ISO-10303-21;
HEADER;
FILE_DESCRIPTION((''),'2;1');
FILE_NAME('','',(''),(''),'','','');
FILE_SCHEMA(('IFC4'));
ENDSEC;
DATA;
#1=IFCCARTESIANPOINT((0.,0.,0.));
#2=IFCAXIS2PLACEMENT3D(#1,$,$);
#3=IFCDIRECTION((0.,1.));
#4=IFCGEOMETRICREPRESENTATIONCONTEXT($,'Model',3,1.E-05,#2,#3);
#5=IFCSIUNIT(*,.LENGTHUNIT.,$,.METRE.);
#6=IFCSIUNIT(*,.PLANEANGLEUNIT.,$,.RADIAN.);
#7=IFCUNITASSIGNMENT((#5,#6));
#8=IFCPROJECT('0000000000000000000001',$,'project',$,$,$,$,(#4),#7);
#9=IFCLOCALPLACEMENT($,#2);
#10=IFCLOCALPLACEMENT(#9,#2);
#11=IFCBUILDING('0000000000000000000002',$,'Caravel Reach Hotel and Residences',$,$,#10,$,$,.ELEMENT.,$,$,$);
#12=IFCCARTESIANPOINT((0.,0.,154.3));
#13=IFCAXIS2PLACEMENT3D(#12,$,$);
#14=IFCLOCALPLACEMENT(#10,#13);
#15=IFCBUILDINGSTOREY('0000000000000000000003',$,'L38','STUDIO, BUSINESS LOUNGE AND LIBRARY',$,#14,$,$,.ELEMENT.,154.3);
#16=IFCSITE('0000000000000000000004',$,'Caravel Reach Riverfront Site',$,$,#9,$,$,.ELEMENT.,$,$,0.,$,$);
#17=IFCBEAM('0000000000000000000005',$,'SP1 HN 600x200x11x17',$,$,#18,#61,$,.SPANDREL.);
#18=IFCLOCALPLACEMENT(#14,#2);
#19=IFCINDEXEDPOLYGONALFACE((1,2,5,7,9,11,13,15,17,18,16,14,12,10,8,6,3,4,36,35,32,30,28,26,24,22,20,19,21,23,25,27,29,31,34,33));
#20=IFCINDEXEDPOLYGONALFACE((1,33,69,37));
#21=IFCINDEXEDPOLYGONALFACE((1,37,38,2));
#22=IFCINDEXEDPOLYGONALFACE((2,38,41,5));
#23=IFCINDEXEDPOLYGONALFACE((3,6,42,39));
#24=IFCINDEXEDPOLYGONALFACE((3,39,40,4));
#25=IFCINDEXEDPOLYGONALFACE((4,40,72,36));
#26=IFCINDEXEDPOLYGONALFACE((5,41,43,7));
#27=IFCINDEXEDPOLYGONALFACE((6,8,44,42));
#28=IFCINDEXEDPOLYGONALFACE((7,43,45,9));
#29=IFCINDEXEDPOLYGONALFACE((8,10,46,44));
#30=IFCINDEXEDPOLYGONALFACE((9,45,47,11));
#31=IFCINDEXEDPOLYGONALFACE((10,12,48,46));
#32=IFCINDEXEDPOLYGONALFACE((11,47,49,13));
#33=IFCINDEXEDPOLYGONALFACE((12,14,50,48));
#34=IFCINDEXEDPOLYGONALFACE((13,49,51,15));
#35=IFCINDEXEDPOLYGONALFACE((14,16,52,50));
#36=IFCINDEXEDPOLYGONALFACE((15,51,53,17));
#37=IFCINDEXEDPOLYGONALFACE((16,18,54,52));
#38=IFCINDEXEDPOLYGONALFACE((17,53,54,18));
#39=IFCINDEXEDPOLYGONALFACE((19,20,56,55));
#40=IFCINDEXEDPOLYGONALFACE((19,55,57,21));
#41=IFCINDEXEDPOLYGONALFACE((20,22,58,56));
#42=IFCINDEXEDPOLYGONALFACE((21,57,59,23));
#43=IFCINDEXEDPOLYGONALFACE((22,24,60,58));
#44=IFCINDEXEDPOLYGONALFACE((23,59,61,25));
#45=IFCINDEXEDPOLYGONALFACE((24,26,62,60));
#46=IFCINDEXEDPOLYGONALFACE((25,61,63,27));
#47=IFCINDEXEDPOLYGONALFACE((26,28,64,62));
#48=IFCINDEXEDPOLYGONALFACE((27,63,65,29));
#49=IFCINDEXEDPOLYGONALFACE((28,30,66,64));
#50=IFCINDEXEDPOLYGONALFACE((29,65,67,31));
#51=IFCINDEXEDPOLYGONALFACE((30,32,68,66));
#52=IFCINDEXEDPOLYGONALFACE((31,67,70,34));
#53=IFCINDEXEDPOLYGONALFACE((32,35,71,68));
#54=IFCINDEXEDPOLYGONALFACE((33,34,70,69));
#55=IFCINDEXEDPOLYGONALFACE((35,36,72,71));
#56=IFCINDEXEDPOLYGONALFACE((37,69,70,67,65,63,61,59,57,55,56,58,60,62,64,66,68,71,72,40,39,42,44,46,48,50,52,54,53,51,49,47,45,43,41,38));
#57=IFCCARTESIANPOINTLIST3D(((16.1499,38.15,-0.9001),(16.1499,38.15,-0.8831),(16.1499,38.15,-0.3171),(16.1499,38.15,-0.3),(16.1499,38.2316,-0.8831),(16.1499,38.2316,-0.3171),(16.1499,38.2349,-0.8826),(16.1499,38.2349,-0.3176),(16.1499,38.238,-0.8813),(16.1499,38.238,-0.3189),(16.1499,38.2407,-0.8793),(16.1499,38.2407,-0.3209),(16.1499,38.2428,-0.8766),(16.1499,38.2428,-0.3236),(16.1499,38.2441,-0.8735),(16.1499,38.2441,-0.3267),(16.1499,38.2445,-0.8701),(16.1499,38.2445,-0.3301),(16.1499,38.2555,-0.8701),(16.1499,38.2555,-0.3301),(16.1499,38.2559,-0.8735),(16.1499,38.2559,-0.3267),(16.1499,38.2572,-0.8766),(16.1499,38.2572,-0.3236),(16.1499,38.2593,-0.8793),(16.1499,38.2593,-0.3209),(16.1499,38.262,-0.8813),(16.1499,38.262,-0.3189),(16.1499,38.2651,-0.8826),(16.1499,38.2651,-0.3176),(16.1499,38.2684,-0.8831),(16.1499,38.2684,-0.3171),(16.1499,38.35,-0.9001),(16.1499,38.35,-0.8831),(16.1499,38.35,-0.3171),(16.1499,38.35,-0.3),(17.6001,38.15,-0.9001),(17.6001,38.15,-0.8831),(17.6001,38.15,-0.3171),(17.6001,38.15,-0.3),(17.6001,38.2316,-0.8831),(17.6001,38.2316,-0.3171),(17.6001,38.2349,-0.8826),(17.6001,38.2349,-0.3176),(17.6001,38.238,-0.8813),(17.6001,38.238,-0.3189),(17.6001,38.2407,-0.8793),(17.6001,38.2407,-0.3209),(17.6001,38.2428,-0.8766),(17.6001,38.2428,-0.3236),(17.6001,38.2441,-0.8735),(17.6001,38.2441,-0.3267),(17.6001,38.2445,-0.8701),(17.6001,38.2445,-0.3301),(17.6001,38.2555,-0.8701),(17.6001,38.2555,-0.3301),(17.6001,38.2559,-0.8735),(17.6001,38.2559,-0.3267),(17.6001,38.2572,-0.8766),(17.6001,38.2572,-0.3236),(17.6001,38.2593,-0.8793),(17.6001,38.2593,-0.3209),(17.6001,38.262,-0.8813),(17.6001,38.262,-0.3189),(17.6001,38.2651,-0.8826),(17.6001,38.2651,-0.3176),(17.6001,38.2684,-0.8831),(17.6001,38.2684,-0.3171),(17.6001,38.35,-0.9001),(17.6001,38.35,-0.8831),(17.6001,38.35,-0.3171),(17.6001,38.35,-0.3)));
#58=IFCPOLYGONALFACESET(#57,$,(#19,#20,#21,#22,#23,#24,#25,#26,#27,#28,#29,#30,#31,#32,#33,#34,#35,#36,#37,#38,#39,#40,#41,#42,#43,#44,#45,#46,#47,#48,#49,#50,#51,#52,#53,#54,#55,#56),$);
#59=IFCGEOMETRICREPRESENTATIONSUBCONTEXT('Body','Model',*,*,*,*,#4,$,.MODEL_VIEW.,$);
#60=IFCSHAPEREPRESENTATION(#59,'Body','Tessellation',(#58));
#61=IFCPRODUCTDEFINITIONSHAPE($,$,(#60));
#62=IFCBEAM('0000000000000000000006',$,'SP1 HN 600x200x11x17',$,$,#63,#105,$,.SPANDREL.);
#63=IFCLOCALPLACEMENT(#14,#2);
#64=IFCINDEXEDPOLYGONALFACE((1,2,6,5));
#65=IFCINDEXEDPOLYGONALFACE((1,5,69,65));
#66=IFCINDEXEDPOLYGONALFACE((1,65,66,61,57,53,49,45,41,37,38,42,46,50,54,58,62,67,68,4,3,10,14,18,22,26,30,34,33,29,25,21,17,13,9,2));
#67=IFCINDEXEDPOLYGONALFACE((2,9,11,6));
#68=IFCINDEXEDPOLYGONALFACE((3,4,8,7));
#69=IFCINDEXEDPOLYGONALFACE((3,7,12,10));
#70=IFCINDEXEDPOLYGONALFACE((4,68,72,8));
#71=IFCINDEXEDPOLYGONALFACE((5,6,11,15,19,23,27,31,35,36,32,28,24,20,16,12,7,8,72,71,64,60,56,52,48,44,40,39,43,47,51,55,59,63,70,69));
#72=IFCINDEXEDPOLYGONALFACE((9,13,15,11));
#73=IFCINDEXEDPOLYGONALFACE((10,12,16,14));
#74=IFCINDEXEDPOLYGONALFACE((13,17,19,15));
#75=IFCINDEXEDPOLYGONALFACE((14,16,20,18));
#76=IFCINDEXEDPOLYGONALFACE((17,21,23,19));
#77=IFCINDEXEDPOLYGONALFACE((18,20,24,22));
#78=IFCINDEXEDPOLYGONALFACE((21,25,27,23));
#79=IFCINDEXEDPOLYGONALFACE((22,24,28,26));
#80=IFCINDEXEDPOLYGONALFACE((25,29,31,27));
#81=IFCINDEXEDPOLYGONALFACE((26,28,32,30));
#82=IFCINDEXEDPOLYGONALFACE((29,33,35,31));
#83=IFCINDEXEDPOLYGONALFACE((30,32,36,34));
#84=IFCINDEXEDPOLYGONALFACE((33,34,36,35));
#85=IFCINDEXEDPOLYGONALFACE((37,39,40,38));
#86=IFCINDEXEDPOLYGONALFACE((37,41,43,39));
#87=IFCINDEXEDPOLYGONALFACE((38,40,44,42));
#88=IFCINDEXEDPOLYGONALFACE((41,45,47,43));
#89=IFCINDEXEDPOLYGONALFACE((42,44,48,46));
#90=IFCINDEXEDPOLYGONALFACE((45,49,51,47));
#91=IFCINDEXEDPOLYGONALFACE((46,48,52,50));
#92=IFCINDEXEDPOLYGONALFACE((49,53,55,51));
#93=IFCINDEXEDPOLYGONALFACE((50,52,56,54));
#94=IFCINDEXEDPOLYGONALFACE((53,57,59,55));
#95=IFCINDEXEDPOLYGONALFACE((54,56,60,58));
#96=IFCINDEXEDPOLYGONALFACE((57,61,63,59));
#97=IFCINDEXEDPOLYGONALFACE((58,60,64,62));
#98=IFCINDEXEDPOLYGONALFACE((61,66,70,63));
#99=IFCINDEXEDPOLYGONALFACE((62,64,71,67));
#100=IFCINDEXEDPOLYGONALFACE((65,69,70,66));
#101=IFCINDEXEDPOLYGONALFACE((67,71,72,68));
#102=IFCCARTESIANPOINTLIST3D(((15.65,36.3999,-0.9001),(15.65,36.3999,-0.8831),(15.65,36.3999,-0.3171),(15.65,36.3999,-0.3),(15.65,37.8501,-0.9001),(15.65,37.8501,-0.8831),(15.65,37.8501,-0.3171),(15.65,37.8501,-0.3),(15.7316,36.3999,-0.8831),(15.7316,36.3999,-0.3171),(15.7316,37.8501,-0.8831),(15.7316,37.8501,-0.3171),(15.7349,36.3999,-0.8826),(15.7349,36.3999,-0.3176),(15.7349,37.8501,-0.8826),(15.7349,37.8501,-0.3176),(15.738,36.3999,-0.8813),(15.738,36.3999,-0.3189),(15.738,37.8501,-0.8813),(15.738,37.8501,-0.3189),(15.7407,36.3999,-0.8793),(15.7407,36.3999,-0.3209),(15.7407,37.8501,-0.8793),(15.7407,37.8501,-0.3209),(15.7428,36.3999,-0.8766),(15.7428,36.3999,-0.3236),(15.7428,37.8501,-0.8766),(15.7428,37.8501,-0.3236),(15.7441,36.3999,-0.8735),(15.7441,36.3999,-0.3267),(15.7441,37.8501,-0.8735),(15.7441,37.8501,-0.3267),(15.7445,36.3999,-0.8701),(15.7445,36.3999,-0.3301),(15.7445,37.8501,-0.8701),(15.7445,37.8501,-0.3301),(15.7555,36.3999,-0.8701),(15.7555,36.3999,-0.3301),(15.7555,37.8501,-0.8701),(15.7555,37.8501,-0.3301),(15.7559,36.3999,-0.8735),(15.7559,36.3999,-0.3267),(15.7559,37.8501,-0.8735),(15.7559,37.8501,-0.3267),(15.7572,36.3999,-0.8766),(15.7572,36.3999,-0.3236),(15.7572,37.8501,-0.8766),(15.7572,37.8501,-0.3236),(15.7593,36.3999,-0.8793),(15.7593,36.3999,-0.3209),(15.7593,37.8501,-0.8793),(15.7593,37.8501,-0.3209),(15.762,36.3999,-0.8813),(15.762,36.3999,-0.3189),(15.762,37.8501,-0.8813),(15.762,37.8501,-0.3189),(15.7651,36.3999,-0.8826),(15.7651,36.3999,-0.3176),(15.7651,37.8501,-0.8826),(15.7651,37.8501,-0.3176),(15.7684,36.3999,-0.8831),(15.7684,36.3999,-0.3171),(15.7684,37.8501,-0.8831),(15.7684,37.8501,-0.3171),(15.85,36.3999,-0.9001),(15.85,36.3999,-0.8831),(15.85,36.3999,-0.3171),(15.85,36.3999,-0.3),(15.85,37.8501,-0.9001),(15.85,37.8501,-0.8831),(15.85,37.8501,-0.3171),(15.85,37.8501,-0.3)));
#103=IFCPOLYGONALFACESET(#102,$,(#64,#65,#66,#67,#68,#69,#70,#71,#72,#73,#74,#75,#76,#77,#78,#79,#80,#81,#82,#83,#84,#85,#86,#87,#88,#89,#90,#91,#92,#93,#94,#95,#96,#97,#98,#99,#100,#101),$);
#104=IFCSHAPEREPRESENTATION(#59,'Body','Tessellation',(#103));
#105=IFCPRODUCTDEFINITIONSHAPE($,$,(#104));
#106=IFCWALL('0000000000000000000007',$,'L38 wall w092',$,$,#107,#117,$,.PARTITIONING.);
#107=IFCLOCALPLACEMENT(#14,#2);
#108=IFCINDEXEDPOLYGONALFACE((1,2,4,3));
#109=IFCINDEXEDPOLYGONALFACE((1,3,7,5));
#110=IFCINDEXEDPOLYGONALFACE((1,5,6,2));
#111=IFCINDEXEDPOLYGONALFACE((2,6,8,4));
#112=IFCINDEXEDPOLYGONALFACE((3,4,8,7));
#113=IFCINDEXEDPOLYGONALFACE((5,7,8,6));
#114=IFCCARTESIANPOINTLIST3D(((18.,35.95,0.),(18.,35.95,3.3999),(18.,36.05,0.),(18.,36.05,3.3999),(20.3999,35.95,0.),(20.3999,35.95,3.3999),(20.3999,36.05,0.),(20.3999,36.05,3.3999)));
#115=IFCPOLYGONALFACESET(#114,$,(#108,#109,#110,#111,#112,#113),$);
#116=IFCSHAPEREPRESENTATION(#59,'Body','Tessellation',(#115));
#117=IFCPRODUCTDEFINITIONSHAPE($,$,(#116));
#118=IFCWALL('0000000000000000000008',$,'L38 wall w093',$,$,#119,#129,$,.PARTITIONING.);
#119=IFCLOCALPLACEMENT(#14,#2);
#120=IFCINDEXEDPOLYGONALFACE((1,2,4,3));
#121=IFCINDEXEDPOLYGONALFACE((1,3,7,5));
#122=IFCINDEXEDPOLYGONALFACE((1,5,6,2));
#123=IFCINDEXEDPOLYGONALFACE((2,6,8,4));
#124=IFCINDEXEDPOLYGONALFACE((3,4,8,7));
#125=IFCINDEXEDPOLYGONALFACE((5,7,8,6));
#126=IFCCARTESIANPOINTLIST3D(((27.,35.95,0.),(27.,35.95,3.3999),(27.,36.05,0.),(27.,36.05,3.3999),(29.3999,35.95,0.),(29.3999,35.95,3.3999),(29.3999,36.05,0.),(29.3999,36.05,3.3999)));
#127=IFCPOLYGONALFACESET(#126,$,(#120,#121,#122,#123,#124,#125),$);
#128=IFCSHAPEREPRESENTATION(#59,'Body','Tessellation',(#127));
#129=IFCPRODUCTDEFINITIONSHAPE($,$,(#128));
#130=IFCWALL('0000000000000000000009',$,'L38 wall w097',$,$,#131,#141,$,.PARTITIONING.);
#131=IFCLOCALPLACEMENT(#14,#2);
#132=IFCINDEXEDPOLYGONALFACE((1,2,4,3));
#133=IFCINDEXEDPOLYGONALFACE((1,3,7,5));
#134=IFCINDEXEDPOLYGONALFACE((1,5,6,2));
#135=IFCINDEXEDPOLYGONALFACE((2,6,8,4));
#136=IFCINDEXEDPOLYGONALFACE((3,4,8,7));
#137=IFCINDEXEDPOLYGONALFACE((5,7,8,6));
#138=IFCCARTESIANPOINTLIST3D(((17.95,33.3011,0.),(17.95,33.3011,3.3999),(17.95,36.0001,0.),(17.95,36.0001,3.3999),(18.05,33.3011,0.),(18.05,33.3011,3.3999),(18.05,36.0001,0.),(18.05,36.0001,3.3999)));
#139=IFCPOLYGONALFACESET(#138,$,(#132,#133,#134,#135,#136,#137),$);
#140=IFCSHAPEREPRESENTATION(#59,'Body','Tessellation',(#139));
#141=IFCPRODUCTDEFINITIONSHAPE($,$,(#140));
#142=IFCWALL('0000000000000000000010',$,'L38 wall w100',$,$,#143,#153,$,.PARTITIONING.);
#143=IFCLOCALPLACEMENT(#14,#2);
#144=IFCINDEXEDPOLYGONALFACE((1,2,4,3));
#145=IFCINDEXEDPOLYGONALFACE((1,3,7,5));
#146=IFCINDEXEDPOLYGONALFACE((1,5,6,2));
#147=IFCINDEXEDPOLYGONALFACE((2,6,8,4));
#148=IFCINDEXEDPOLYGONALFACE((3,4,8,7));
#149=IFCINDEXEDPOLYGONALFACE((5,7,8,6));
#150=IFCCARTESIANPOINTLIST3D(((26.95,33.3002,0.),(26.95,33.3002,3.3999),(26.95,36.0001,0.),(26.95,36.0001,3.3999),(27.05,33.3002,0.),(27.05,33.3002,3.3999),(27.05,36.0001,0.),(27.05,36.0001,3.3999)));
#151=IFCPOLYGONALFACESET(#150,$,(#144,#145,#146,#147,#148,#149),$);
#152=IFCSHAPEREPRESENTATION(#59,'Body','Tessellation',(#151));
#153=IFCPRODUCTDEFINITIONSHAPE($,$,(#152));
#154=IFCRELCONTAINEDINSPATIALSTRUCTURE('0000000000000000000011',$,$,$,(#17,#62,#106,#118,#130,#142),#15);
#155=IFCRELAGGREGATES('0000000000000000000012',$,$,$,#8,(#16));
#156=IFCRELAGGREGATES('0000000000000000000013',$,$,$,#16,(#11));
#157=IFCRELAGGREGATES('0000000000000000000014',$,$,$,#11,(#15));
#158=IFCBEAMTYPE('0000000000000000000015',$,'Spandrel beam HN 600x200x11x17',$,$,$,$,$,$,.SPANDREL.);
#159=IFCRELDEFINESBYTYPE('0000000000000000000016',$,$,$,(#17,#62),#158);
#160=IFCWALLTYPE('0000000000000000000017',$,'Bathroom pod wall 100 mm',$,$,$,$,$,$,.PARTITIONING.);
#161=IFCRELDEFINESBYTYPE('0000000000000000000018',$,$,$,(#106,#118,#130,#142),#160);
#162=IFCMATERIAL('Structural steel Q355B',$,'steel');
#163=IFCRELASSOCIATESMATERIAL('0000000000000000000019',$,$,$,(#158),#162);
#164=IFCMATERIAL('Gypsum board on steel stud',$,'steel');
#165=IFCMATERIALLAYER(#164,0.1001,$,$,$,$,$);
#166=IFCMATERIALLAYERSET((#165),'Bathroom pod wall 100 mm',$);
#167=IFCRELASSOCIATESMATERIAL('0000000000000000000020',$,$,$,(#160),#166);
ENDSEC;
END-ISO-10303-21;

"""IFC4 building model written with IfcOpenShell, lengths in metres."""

from ifc_helpers import new_model, si_unit, direction, frame, frame_2d, origin, origin_2d, place, context, subcontext, project, spatial, rectangle, i_section, extrude, material, layer, layer_set, material_profile, profile_set, type_object, element, save


model = new_model("IFC4")

# Units and contexts
model_context = context("Model", 3, precision=1e-05, world=origin(), true_north=direction((0.0, 1.0)))
body_context = subcontext(model_context, "Body", "Model", "MODEL_VIEW")
ifc_project = project(units=[si_unit("LENGTHUNIT", "METRE"), si_unit("PLANEANGLEUNIT", "RADIAN")], contexts=[model_context])

# Site, building, storey
site_placement = place(None, origin())
site = spatial("IfcSite", under=ifc_project, at=site_placement, Name="Caravel Reach Riverfront Site", CompositionType="ELEMENT", RefElevation=0.0)
building_placement = place(site_placement, origin())
building = spatial("IfcBuilding", under=site, at=building_placement, Name="Caravel Reach Hotel and Residences", CompositionType="ELEMENT")
storey_placement = place(building_placement, frame((0.0, 0.0, 154.3)))
storey = spatial("IfcBuildingStorey", under=building, at=storey_placement, Name="L38", Description="STUDIO, BUSINESS LOUNGE AND LIBRARY", CompositionType="ELEMENT", Elevation=154.3)

# Beams
ifc_material_1 = material(Name="Structural steel Q355B", Category="steel")
ifc_material_profile_1 = material_profile(ifc_material_1, i_section(OverallWidth=0.2, OverallDepth=0.6001, WebThickness=0.011, FlangeThickness=0.0171, FilletRadius=0.0129, at=origin_2d()), Name="HN 600x200x11x17")
ifc_profile_set_1 = profile_set([ifc_material_profile_1], Name="Structural steel Q355B")
beam_type = type_object("IfcBeamType", Name="Spandrel beam HN 600x200x11x17", PredefinedType="SPANDREL", material=ifc_profile_set_1)
for number, where, z_axis, x_axis, name in (
    (1, (17.6001, 38.25, -0.6001), (-1.0, 0.0, 0.0), (0.0, -1.0, 0.0), "SP1 HN 600x200x11x17"),
    (2, (15.75, 37.8501, -0.6001), (0.0, -1.0, 0.0), (1.0, 0.0, 0.0), "SP1 HN 600x200x11x17"),
):
    element("IfcBeam", number, at=place(storey_placement, frame(where, z_axis=z_axis, x_axis=x_axis)), inside=storey, type_object=beam_type, Name=name, PredefinedType="SPANDREL", context=body_context, shape_type="SweptSolid", body=[
        extrude(i_section(OverallWidth=0.2, OverallDepth=0.6001, WebThickness=0.011, FlangeThickness=0.0171, FilletRadius=0.0129, at=origin_2d()), origin(), (0.0, 0.0, 1.0), 1.4502),
    ])

# Walls
ifc_material_2 = material(Name="Gypsum board on steel stud", Category="steel")
ifc_layer_1 = layer(ifc_material_2, 0.1001)
ifc_layer_set_1 = layer_set([ifc_layer_1], Name="Bathroom pod wall 100 mm")
wall_type_1 = type_object("IfcWallType", Name="Bathroom pod wall 100 mm", PredefinedType="PARTITIONING", material=ifc_layer_set_1)
for number, where, z_axis, x_axis, name in (
    (3, (18.0, 36.0, 0.0), (0.0, 0.0, 1.0), (1.0, 0.0, 0.0), "L38 wall w092"),
    (4, (27.0, 36.0, 0.0), (0.0, 0.0, 1.0), (1.0, 0.0, 0.0), "L38 wall w093"),
):
    element("IfcWall", number, at=place(storey_placement, frame(where, z_axis=z_axis, x_axis=x_axis)), inside=storey, type_object=wall_type_1, Name=name, PredefinedType="PARTITIONING", context=body_context, shape_type="SweptSolid", body=[
        extrude(rectangle(XDim=2.3999, YDim=0.1001, at=frame_2d((1.2, 0.0))), origin(), (0.0, 0.0, 1.0), 3.3999),
    ])
wall_1_placement = place(storey_placement, frame((18.0, 33.301, 0.0), z_axis=(0.0, 0.0, 1.0), x_axis=(0.0, 1.0, 0.0)))
element("IfcWall", 5, at=wall_1_placement, inside=storey, type_object=wall_type_1, Name="L38 wall w097", PredefinedType="PARTITIONING", context=body_context, shape_type="SweptSolid", body=[
    extrude(rectangle(XDim=2.699, YDim=0.1001, at=frame_2d((1.3496, 0.0))), origin(), (0.0, 0.0, 1.0), 3.3999),
])
wall_2_placement = place(storey_placement, frame((27.0, 33.3, 0.0), z_axis=(0.0, 0.0, 1.0), x_axis=(0.0, 1.0, 0.0)))
element("IfcWall", 6, at=wall_2_placement, inside=storey, type_object=wall_type_1, Name="L38 wall w100", PredefinedType="PARTITIONING", context=body_context, shape_type="SweptSolid", body=[
    extrude(rectangle(XDim=2.7, YDim=0.1001, at=frame_2d((1.3501, 0.0))), origin(), (0.0, 0.0, 1.0), 3.3999),
])

save(model, "model.ifc")
